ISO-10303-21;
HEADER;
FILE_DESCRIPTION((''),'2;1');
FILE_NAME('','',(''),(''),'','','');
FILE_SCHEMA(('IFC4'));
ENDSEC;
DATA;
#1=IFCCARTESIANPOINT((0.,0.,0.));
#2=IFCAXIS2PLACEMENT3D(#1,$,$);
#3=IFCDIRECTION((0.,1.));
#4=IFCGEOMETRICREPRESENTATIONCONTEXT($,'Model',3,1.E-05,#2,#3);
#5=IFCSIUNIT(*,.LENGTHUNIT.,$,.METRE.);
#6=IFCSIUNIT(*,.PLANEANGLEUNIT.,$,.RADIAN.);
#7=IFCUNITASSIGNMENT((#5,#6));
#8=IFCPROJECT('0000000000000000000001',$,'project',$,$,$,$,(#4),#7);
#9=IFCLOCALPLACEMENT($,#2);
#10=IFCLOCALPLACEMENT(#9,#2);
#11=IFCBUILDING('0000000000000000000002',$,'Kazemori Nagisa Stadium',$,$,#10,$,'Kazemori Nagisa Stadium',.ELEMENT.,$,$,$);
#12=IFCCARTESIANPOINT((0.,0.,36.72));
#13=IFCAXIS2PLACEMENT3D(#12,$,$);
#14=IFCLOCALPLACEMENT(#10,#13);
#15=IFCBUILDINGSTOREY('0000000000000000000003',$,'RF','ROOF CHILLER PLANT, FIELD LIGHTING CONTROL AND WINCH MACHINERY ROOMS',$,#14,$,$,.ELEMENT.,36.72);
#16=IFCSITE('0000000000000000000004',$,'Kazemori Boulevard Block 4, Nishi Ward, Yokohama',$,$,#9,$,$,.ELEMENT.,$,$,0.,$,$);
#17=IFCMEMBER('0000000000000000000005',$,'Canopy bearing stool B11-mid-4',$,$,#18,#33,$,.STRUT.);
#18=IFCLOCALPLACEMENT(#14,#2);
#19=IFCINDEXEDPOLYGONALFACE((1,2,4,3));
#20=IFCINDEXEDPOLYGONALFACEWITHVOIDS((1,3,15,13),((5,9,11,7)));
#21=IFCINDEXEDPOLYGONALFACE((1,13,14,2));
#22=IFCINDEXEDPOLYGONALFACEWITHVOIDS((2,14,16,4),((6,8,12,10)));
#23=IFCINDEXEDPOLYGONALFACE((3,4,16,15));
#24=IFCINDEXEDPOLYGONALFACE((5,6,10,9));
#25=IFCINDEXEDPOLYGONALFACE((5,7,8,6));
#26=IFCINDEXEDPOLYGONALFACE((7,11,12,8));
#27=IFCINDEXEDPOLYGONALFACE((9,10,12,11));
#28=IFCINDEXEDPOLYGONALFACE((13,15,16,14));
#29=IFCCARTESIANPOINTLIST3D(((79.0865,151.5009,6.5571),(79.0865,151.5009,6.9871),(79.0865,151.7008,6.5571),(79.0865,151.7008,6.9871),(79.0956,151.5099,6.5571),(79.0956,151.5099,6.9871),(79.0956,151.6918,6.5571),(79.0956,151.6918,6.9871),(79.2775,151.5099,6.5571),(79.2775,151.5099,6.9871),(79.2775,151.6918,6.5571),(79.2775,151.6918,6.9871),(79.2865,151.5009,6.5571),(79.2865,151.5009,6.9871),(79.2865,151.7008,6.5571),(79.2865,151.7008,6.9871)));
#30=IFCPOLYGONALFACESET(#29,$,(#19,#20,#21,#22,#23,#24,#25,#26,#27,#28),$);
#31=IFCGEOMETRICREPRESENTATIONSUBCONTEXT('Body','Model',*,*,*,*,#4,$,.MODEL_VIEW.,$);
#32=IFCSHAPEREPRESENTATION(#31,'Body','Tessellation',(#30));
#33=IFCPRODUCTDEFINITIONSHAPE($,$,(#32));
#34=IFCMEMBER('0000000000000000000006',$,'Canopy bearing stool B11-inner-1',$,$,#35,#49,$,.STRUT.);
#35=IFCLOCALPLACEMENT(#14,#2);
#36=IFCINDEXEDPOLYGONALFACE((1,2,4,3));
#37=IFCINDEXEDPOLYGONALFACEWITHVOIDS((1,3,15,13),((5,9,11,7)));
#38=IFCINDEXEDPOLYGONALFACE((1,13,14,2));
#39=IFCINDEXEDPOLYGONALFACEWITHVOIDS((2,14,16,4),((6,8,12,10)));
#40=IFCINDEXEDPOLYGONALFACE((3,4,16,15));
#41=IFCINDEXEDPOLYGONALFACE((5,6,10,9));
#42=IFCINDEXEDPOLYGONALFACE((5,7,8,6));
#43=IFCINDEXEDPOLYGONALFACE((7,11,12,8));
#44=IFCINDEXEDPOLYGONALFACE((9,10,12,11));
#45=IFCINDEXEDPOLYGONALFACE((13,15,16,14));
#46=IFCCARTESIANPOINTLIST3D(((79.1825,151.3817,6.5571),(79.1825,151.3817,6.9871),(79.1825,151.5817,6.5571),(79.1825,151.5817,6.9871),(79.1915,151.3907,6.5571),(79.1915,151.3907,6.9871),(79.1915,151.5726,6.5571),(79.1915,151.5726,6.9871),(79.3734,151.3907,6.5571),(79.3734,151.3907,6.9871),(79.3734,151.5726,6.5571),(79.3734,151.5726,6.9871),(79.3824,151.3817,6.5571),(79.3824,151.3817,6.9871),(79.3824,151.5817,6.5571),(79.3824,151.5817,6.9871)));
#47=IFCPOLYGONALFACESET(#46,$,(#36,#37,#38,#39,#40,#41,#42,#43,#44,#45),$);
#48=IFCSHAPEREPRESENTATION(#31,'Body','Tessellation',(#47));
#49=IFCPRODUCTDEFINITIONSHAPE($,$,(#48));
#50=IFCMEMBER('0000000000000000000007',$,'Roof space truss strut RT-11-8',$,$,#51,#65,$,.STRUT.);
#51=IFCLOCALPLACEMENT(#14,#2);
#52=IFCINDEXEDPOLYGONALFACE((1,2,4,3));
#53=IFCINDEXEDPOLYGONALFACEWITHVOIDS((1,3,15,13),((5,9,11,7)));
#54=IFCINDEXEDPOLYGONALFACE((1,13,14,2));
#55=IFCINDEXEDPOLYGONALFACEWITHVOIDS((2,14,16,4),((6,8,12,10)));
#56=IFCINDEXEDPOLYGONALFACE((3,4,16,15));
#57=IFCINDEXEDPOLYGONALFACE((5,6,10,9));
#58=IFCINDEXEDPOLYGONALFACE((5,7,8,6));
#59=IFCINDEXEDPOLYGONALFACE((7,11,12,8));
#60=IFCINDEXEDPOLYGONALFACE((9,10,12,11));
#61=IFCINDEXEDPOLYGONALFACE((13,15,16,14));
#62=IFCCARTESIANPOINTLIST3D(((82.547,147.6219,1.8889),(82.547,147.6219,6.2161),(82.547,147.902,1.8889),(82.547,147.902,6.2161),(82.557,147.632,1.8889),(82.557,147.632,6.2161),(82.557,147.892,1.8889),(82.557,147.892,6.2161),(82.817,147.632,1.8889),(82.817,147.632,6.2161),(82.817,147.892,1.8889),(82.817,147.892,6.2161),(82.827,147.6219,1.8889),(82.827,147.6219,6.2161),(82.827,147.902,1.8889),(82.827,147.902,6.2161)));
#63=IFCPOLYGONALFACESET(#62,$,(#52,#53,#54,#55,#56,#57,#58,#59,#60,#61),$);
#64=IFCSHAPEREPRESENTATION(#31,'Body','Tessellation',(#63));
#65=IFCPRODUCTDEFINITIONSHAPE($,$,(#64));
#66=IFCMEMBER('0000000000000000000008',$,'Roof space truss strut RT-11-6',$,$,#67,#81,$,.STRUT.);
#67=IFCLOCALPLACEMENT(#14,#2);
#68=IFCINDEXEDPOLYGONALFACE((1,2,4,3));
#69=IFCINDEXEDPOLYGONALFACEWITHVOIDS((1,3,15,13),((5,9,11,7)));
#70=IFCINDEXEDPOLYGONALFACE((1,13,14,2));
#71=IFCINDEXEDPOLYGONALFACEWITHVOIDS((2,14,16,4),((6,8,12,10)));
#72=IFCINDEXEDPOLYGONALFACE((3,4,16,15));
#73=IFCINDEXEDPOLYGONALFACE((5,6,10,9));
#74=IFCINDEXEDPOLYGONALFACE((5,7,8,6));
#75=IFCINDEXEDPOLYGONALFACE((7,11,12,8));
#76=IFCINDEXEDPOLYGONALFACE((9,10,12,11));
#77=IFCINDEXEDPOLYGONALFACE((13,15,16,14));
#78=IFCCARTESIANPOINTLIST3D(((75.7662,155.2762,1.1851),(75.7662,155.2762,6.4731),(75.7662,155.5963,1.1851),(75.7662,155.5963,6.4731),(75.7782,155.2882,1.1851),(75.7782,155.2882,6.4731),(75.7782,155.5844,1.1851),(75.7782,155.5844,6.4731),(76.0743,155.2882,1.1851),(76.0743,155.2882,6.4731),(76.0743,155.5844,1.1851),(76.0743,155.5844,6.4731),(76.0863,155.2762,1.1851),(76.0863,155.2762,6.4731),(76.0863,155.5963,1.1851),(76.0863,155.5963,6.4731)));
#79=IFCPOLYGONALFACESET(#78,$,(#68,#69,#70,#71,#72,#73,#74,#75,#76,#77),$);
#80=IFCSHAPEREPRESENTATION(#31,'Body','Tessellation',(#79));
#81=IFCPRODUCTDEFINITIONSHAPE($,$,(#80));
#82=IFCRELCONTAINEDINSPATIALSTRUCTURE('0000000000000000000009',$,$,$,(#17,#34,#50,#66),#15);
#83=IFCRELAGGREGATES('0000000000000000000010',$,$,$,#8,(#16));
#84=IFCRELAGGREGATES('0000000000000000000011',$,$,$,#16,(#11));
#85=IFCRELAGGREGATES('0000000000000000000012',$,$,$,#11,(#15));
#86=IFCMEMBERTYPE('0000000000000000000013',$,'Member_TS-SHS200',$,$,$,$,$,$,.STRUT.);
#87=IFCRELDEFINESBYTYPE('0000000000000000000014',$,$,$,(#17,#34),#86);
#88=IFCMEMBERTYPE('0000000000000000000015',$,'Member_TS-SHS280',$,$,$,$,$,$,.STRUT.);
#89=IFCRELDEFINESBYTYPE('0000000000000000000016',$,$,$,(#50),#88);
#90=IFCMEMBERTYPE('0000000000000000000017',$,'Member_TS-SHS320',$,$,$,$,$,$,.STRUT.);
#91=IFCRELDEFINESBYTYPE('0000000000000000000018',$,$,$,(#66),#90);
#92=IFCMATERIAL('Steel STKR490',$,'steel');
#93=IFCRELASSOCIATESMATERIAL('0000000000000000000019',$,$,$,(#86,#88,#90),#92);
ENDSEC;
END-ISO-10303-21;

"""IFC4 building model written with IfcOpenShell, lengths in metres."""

from ifc_helpers import new_model, si_unit, direction, frame, origin, origin_2d, place, context, subcontext, project, spatial, hollow_rectangle, extrude, material, material_profile, profile_set, type_object, element, save


model = new_model("IFC4")

# Units and contexts
model_context = context("Model", 3, precision=1e-05, world=origin(), true_north=direction((0.0, 1.0)))
body_context = subcontext(model_context, "Body", "Model", "MODEL_VIEW")
ifc_project = project(units=[si_unit("LENGTHUNIT", "METRE"), si_unit("PLANEANGLEUNIT", "RADIAN")], contexts=[model_context])

# Site, building, storey
site_placement = place(None, origin())
site = spatial("IfcSite", under=ifc_project, at=site_placement, Name="Kazemori Boulevard Block 4, Nishi Ward, Yokohama", CompositionType="ELEMENT", RefElevation=0.0)
building_placement = place(site_placement, origin())
building = spatial("IfcBuilding", under=site, at=building_placement, Name="Kazemori Nagisa Stadium", LongName="Kazemori Nagisa Stadium", CompositionType="ELEMENT")
storey_placement = place(building_placement, frame((0.0, 0.0, 36.72)))
storey = spatial("IfcBuildingStorey", under=building, at=storey_placement, Name="RF", Description="ROOF CHILLER PLANT, FIELD LIGHTING CONTROL AND WINCH MACHINERY ROOMS", CompositionType="ELEMENT", Elevation=36.72)

# Members
ifc_material_1 = material(Name="Steel STKR490", Category="steel")
ifc_material_profile_1 = material_profile(ifc_material_1, hollow_rectangle(XDim=0.2, YDim=0.2, WallThickness=0.009, at=origin_2d()), Name="SHS-200x200x9")
ifc_profile_set_1 = profile_set([ifc_material_profile_1], Name="Steel STKR490")
member_type_1 = type_object("IfcMemberType", Name="Member_TS-SHS200", PredefinedType="STRUT", material=ifc_profile_set_1)
for number, where, z_axis, x_axis, name in (
    (1, (79.1865, 151.6008, 6.5571), (0.0, 0.0, 1.0), (1.0, 0.0, 0.0), "Canopy bearing stool B11-mid-4"),
    (2, (79.2825, 151.4817, 6.5571), (0.0, 0.0, 1.0), (1.0, 0.0, 0.0), "Canopy bearing stool B11-inner-1"),
):
    element("IfcMember", number, at=place(storey_placement, frame(where, z_axis=z_axis, x_axis=x_axis)), inside=storey, type_object=member_type_1, Name=name, PredefinedType="STRUT", context=body_context, shape_type="SweptSolid", body=[
        extrude(hollow_rectangle(XDim=0.2, YDim=0.2, WallThickness=0.009, at=origin_2d()), origin(), (0.0, 0.0, 1.0), 0.4299),
    ])
ifc_material_profile_2 = material_profile(ifc_material_1, hollow_rectangle(XDim=0.28, YDim=0.28, WallThickness=0.01, at=origin_2d()), Name="SHS-280x280x10")
ifc_profile_set_2 = profile_set([ifc_material_profile_2], Name="Steel STKR490")
member_type_2 = type_object("IfcMemberType", Name="Member_TS-SHS280", PredefinedType="STRUT", material=ifc_profile_set_2)
member_1_placement = place(storey_placement, frame((82.687, 147.762, 1.8889), z_axis=(0.0, 0.0, 1.0), x_axis=(1.0, 0.0, 0.0)))
element("IfcMember", 3, at=member_1_placement, inside=storey, type_object=member_type_2, Name="Roof space truss strut RT-11-8", PredefinedType="STRUT", context=body_context, shape_type="SweptSolid", body=[
    extrude(hollow_rectangle(XDim=0.28, YDim=0.28, WallThickness=0.01, at=origin_2d()), origin(), (0.0, 0.0, 1.0), 4.3271),
])
ifc_material_profile_3 = material_profile(ifc_material_1, hollow_rectangle(XDim=0.3201, YDim=0.3201, WallThickness=0.012, at=origin_2d()), Name="SHS-320x320x12")
ifc_profile_set_3 = profile_set([ifc_material_profile_3], Name="Steel STKR490")
member_type_3 = type_object("IfcMemberType", Name="Member_TS-SHS320", PredefinedType="STRUT", material=ifc_profile_set_3)
member_2_placement = place(storey_placement, frame((75.9263, 155.4363, 1.1851), z_axis=(0.0, 0.0, 1.0), x_axis=(1.0, 0.0, 0.0)))
element("IfcMember", 4, at=member_2_placement, inside=storey, type_object=member_type_3, Name="Roof space truss strut RT-11-6", PredefinedType="STRUT", context=body_context, shape_type="SweptSolid", body=[
    extrude(hollow_rectangle(XDim=0.3201, YDim=0.3201, WallThickness=0.012, at=origin_2d()), origin(), (0.0, 0.0, 1.0), 5.2881),
])

save(model, "model.ifc")
